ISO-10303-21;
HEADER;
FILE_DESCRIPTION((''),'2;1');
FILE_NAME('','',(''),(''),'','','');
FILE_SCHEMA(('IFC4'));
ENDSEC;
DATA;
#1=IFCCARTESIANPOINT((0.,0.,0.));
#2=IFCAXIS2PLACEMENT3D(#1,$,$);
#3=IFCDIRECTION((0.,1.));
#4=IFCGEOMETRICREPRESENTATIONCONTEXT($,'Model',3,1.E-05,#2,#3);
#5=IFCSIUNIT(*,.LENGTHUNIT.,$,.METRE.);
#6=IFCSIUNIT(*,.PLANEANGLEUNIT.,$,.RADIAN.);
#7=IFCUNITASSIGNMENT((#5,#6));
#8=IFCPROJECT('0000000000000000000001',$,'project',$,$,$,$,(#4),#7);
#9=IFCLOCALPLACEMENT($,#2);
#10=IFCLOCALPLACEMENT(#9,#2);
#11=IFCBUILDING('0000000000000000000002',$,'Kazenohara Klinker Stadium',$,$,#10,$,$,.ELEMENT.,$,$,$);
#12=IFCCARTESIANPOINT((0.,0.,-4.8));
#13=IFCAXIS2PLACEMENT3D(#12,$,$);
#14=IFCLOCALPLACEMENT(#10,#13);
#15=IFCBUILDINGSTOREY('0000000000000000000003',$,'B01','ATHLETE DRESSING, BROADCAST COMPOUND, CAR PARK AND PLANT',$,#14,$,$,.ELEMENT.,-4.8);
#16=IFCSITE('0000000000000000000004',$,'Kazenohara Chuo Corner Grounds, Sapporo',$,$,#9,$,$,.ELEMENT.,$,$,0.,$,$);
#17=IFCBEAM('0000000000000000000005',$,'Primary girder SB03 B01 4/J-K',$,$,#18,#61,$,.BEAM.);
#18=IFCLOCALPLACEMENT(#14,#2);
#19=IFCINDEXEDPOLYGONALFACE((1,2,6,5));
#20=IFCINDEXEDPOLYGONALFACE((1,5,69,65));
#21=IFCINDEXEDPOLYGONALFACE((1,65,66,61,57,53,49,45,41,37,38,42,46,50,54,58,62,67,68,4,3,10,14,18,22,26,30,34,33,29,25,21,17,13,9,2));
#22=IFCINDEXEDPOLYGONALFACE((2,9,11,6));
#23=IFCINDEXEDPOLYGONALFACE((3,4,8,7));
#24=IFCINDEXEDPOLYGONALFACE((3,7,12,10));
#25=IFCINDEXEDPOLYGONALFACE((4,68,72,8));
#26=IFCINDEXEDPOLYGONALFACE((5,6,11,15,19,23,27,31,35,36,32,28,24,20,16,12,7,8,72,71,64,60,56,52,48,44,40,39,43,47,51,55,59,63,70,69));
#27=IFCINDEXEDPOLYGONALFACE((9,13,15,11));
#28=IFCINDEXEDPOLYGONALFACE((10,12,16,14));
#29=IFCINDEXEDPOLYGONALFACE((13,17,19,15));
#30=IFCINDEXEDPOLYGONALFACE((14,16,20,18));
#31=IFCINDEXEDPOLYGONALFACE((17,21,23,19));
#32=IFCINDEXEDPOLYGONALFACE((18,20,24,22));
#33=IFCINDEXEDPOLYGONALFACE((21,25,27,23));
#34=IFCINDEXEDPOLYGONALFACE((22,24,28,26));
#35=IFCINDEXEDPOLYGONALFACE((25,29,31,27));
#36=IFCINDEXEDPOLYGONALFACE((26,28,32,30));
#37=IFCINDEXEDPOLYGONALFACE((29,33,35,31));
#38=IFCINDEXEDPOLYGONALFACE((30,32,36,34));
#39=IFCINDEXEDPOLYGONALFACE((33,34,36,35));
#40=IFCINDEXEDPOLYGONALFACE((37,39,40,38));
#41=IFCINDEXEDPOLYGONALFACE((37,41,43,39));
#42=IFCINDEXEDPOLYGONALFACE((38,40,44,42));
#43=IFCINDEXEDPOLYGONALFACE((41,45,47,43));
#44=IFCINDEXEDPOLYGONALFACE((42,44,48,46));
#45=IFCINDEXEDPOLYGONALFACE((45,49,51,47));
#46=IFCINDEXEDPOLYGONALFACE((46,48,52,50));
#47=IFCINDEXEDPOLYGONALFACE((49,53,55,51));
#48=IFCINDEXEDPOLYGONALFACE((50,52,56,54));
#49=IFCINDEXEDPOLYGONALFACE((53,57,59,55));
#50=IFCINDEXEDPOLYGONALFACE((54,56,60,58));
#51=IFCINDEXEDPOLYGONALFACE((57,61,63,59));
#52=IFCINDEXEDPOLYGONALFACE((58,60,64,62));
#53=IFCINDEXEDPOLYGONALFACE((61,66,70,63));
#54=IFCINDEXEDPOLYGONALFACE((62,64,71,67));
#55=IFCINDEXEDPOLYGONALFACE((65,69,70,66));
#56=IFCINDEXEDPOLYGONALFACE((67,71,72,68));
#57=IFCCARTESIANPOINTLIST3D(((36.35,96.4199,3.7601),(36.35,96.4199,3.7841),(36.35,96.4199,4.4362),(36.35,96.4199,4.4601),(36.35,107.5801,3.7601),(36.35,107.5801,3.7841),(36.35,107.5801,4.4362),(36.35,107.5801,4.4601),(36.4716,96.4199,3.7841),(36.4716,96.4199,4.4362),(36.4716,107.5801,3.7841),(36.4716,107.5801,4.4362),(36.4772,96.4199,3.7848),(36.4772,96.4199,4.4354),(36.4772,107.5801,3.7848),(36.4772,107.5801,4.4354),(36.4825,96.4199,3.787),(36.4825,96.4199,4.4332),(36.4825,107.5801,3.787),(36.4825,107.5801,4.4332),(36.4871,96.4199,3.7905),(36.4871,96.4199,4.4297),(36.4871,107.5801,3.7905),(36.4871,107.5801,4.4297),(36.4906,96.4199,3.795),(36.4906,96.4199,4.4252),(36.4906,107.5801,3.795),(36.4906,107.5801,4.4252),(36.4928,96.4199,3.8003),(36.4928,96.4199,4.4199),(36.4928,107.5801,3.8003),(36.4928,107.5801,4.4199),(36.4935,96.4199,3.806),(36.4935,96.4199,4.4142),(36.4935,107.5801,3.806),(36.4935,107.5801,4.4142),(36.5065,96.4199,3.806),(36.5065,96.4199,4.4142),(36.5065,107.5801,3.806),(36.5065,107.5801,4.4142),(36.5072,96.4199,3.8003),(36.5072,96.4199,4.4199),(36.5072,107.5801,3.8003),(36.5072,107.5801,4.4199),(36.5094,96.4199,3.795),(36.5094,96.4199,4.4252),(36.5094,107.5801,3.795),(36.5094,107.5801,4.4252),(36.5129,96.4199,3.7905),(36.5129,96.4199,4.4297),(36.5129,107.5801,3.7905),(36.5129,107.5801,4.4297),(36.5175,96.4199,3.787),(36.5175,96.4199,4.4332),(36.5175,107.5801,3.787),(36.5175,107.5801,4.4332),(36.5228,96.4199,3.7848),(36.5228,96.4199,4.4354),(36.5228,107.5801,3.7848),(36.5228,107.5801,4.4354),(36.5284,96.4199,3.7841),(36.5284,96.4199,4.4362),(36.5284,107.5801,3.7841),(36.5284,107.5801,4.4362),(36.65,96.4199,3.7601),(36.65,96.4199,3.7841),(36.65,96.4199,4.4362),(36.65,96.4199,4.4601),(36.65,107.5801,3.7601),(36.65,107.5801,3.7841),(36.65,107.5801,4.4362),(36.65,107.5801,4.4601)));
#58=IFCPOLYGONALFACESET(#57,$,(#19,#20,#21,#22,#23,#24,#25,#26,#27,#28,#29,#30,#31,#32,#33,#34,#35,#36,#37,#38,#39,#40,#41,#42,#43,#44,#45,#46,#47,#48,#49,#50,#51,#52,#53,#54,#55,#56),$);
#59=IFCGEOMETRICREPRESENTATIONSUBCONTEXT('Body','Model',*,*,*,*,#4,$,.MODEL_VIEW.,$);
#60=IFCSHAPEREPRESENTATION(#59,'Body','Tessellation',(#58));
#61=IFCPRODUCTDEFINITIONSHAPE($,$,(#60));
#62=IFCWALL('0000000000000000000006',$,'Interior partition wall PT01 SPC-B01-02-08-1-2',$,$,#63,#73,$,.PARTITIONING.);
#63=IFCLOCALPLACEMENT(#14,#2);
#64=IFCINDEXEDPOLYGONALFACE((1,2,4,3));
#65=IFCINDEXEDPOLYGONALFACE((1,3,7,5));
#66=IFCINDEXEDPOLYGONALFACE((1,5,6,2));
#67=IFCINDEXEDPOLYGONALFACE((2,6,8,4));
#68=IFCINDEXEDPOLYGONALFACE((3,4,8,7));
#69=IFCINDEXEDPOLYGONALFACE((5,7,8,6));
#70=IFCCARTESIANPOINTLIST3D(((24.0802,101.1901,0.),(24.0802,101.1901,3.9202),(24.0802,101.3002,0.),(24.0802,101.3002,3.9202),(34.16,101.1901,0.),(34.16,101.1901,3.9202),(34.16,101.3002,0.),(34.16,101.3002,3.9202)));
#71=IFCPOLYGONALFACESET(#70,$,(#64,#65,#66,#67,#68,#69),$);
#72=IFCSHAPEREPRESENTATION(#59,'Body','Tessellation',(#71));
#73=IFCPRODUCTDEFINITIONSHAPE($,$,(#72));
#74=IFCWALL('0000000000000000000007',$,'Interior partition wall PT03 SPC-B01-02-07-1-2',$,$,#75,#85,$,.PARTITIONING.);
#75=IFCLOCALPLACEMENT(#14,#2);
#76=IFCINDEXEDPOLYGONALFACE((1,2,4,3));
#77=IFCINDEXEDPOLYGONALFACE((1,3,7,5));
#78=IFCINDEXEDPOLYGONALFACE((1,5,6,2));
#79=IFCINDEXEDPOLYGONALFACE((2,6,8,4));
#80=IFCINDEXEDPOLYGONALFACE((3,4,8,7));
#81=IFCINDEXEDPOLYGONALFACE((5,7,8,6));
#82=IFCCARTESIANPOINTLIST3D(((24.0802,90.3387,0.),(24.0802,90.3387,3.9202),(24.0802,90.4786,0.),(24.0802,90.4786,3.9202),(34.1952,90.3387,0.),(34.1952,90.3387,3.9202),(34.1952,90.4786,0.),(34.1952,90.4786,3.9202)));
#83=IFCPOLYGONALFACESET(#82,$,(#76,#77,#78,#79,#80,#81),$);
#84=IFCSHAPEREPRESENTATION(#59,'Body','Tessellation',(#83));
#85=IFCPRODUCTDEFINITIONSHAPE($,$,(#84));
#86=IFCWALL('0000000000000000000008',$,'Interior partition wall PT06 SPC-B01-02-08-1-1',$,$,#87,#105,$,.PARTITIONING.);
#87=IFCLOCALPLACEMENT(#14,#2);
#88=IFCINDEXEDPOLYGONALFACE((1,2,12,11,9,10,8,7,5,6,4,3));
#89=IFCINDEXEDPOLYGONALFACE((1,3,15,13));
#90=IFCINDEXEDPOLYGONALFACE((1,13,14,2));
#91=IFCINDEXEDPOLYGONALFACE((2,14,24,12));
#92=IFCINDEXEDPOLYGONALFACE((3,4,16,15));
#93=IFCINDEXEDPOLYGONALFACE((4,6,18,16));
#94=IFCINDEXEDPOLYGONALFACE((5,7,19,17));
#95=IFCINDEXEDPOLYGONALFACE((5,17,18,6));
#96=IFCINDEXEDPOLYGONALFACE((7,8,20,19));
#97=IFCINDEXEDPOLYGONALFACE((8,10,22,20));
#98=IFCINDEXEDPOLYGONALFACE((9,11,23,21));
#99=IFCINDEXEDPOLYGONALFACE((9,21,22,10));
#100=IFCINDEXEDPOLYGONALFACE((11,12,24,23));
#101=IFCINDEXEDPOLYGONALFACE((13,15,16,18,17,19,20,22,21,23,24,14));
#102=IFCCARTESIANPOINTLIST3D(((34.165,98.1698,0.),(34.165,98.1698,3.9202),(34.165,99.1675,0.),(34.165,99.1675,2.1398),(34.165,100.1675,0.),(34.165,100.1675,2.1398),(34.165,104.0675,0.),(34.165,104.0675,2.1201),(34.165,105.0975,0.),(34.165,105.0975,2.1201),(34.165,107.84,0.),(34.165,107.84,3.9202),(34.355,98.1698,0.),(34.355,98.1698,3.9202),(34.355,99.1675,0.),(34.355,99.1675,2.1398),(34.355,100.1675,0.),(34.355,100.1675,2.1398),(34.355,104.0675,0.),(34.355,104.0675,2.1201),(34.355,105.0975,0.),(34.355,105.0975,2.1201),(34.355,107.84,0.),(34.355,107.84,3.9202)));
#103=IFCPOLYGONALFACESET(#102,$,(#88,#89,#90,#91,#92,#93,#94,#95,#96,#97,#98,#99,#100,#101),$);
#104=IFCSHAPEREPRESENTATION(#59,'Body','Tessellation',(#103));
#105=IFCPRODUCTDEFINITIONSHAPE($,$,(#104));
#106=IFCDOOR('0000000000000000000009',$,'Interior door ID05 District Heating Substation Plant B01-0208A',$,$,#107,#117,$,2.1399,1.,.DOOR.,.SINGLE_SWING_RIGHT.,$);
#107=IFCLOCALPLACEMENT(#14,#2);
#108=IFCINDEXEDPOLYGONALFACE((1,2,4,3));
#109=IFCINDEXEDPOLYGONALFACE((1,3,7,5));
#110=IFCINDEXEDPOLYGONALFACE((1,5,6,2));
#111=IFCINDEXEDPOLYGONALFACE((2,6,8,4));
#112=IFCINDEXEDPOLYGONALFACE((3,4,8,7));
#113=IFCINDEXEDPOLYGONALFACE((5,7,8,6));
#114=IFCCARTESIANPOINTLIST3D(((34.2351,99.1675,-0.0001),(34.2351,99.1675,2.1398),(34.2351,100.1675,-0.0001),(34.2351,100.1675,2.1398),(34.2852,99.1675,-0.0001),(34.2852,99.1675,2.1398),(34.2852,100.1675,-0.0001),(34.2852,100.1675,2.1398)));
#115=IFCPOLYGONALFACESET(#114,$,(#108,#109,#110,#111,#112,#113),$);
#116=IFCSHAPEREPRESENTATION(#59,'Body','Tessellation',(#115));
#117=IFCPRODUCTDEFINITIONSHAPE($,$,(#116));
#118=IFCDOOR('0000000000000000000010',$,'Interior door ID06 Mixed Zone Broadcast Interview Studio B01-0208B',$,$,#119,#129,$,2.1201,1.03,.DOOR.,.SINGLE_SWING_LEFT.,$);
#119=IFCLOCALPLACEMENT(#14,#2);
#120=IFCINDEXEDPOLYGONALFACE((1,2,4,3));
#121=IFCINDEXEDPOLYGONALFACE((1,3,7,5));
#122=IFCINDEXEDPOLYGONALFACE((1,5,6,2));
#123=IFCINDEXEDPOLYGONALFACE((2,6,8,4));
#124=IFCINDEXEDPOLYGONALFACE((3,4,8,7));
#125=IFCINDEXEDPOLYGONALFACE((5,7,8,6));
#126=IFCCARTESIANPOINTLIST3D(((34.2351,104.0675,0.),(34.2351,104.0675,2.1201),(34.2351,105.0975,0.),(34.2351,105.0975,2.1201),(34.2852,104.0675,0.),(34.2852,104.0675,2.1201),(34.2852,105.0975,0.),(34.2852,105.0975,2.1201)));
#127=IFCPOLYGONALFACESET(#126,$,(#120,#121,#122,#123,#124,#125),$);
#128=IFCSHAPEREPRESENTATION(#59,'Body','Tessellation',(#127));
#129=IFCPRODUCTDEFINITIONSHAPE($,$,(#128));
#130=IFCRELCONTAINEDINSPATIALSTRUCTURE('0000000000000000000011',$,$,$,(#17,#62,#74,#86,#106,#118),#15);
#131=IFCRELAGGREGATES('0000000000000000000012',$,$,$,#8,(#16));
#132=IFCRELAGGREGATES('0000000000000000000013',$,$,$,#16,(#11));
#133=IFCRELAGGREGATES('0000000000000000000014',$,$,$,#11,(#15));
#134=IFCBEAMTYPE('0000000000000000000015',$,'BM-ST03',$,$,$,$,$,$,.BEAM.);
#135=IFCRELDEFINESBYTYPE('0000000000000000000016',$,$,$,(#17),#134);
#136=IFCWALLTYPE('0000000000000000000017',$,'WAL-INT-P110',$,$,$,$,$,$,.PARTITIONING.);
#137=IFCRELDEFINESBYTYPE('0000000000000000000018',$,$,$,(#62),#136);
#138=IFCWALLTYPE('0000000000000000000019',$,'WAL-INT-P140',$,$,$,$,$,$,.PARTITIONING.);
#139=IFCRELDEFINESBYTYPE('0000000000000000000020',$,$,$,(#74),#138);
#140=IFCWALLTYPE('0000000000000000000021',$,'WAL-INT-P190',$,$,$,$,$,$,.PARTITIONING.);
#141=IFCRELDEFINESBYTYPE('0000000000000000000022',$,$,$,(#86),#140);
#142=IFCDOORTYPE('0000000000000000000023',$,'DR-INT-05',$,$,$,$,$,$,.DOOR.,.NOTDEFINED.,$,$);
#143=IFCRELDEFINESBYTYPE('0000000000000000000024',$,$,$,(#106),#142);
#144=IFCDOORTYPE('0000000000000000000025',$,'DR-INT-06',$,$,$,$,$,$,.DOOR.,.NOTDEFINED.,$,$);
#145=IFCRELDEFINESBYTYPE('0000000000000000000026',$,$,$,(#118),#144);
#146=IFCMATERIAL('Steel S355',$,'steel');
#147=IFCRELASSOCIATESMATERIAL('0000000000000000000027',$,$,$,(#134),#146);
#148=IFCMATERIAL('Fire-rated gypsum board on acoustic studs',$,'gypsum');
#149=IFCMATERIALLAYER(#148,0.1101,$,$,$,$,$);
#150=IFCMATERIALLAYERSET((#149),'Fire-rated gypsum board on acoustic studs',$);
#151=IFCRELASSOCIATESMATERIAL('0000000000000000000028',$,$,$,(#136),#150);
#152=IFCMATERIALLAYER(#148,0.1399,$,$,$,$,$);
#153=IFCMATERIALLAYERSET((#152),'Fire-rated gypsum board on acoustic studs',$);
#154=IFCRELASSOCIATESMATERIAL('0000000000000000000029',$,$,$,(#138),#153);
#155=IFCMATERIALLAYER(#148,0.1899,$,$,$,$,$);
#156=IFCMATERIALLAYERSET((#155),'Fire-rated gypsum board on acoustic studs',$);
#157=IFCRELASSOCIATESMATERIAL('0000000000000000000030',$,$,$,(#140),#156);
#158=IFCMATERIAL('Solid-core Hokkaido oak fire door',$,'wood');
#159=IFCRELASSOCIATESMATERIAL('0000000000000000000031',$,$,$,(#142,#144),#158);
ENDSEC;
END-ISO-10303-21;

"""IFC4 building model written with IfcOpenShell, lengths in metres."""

from ifc_helpers import new_model, si_unit, direction, frame, frame_2d, origin, origin_2d, place, context, subcontext, project, spatial, rectangle, i_section, extrude, material, layer, layer_set, material_profile, profile_set, type_object, element, fill, save


model = new_model("IFC4")

# Units and contexts
model_context = context("Model", 3, precision=1e-05, world=origin(), true_north=direction((0.0, 1.0)))
body_context = subcontext(model_context, "Body", "Model", "MODEL_VIEW")
ifc_project = project(units=[si_unit("LENGTHUNIT", "METRE"), si_unit("PLANEANGLEUNIT", "RADIAN")], contexts=[model_context])

# Site, building, storey
site_placement = place(None, origin())
site = spatial("IfcSite", under=ifc_project, at=site_placement, Name="Kazenohara Chuo Corner Grounds, Sapporo", CompositionType="ELEMENT", RefElevation=0.0)
building_placement = place(site_placement, origin())
building = spatial("IfcBuilding", under=site, at=building_placement, Name="Kazenohara Klinker Stadium", CompositionType="ELEMENT")
storey_placement = place(building_placement, frame((0.0, 0.0, -4.8)))
storey = spatial("IfcBuildingStorey", under=building, at=storey_placement, Name="B01", Description="ATHLETE DRESSING, BROADCAST COMPOUND, CAR PARK AND PLANT", CompositionType="ELEMENT", Elevation=-4.8)

# Beam
ifc_material_1 = material(Name="Steel S355", Category="steel")
ifc_material_profile_1 = material_profile(ifc_material_1, i_section(OverallWidth=0.3, OverallDepth=0.7, WebThickness=0.0129, FlangeThickness=0.0239, FilletRadius=0.022, at=origin_2d()), Name="H-700x300x13x24")
ifc_profile_set_1 = profile_set([ifc_material_profile_1], Name="Steel S355")
beam_type_1 = type_object("IfcBeamType", Name="BM-ST03", PredefinedType="BEAM", material=ifc_profile_set_1)
beam_1_placement = place(storey_placement, frame((36.5, 96.4199, 4.1101), z_axis=(0.0, 1.0, 0.0), x_axis=(-1.0, 0.0, 0.0)))
element("IfcBeam", 1, at=beam_1_placement, inside=storey, type_object=beam_type_1, Name="Primary girder SB03 B01 4/J-K", PredefinedType="BEAM", context=body_context, shape_type="SweptSolid", body=[
    extrude(i_section(OverallWidth=0.3, OverallDepth=0.7, WebThickness=0.0129, FlangeThickness=0.0239, FilletRadius=0.022, at=origin_2d()), origin(), (0.0, 0.0, 1.0), 11.1602),
])

# Walls
ifc_material_2 = material(Name="Fire-rated gypsum board on acoustic studs", Category="gypsum")
ifc_layer_1 = layer(ifc_material_2, 0.1101)
ifc_layer_set_1 = layer_set([ifc_layer_1], Name="Fire-rated gypsum board on acoustic studs")
wall_type_1 = type_object("IfcWallType", Name="WAL-INT-P110", PredefinedType="PARTITIONING", material=ifc_layer_set_1)
wall_1_placement = place(storey_placement, frame((24.0801, 101.2451, 0.0), z_axis=(0.0, 0.0, 1.0), x_axis=(1.0, 0.0, 0.0)))
element("IfcWall", 2, at=wall_1_placement, inside=storey, type_object=wall_type_1, Name="Interior partition wall PT01 SPC-B01-02-08-1-2", PredefinedType="PARTITIONING", context=body_context, shape_type="SweptSolid", body=[
    extrude(rectangle(XDim=10.0798, YDim=0.1101, at=frame_2d((5.04, 0.0))), origin(), (0.0, 0.0, 1.0), 3.9202),
])
ifc_layer_2 = layer(ifc_material_2, 0.1399)
ifc_layer_set_2 = layer_set([ifc_layer_2], Name="Fire-rated gypsum board on acoustic studs")
wall_type_2 = type_object("IfcWallType", Name="WAL-INT-P140", PredefinedType="PARTITIONING", material=ifc_layer_set_2)
wall_2_placement = place(storey_placement, frame((24.0801, 90.4087, 0.0), z_axis=(0.0, 0.0, 1.0), x_axis=(1.0, 0.0, 0.0)))
element("IfcWall", 3, at=wall_2_placement, inside=storey, type_object=wall_type_2, Name="Interior partition wall PT03 SPC-B01-02-07-1-2", PredefinedType="PARTITIONING", context=body_context, shape_type="SweptSolid", body=[
    extrude(rectangle(XDim=10.115, YDim=0.1399, at=frame_2d((5.0576, 0.0))), origin(), (0.0, 0.0, 1.0), 3.9202),
])

# Wall, openings, doors
ifc_layer_3 = layer(ifc_material_2, 0.1899)
ifc_layer_set_3 = layer_set([ifc_layer_3], Name="Fire-rated gypsum board on acoustic studs")
wall_type_3 = type_object("IfcWallType", Name="WAL-INT-P190", PredefinedType="PARTITIONING", material=ifc_layer_set_3)
wall_3_placement = place(storey_placement, frame((34.26, 98.1699, 0.0), z_axis=(0.0, 0.0, 1.0), x_axis=(0.0, 1.0, 0.0)))
wall_3 = element("IfcWall", 4, at=wall_3_placement, inside=storey, type_object=wall_type_3, Name="Interior partition wall PT06 SPC-B01-02-08-1-1", PredefinedType="PARTITIONING", context=body_context, shape_type="SweptSolid", body=[
    extrude(rectangle(XDim=9.6702, YDim=0.1899, at=frame_2d((4.835, 0.0))), origin(), (0.0, 0.0, 1.0), 3.9202),
])
opening_1_placement = place(wall_3_placement, frame((0.9976, 0.0, 0.0)))
opening_1 = element("IfcOpeningElement", 5, at=opening_1_placement, cuts=wall_3, PredefinedType="OPENING", context=body_context, shape_type="SweptSolid", body=[
    extrude(rectangle(XDim=1.0, YDim=2.1399, at=frame_2d((0.5, 1.0698))), frame((0.0, 0.105, 0.0), z_axis=(0.0, -1.0, 0.0), x_axis=(1.0, 0.0, 0.0)), (0.0, 0.0, 1.0), 0.21),
])
opening_2_placement = place(wall_3_placement, frame((5.8975, 0.0, 0.0)))
opening_2 = element("IfcOpeningElement", 6, at=opening_2_placement, cuts=wall_3, PredefinedType="OPENING", context=body_context, shape_type="SweptSolid", body=[
    extrude(rectangle(XDim=1.03, YDim=2.1201, at=frame_2d((0.5151, 1.0601))), frame((0.0, 0.105, 0.0), z_axis=(0.0, -1.0, 0.0), x_axis=(1.0, 0.0, 0.0)), (0.0, 0.0, 1.0), 0.21),
])
ifc_material_3 = material(Name="Solid-core Hokkaido oak fire door", Category="wood")
door_type_1 = type_object("IfcDoorType", Name="DR-INT-05", OperationType="NOTDEFINED", PredefinedType="DOOR", material=ifc_material_3)
door_1_placement = place(opening_1_placement, origin())
door_1 = element("IfcDoor", 7, at=door_1_placement, inside=storey, type_object=door_type_1, Name="Interior door ID05 District Heating Substation Plant B01-0208A", OperationType="SINGLE_SWING_RIGHT", OverallHeight=2.1399, OverallWidth=1.0, PredefinedType="DOOR", context=body_context, shape_type="SweptSolid", body=[
    extrude(rectangle(XDim=1.0, YDim=2.1399, at=frame_2d((0.5, 1.0698))), frame((0.0, 0.0249, 0.0), z_axis=(0.0, -1.0, 0.0), x_axis=(1.0, 0.0, 0.0)), (0.0, 0.0, 1.0), 0.05),
])
fill(opening_1, door_1)
door_type_2 = type_object("IfcDoorType", Name="DR-INT-06", OperationType="NOTDEFINED", PredefinedType="DOOR", material=ifc_material_3)
door_2_placement = place(opening_2_placement, origin())
door_2 = element("IfcDoor", 8, at=door_2_placement, inside=storey, type_object=door_type_2, Name="Interior door ID06 Mixed Zone Broadcast Interview Studio B01-0208B", OperationType="SINGLE_SWING_LEFT", OverallHeight=2.1201, OverallWidth=1.03, PredefinedType="DOOR", context=body_context, shape_type="SweptSolid", body=[
    extrude(rectangle(XDim=1.03, YDim=2.1201, at=frame_2d((0.5151, 1.0601))), frame((0.0, 0.0249, 0.0), z_axis=(0.0, -1.0, 0.0), x_axis=(1.0, 0.0, 0.0)), (0.0, 0.0, 1.0), 0.05),
])
fill(opening_2, door_2)

save(model, "model.ifc")
